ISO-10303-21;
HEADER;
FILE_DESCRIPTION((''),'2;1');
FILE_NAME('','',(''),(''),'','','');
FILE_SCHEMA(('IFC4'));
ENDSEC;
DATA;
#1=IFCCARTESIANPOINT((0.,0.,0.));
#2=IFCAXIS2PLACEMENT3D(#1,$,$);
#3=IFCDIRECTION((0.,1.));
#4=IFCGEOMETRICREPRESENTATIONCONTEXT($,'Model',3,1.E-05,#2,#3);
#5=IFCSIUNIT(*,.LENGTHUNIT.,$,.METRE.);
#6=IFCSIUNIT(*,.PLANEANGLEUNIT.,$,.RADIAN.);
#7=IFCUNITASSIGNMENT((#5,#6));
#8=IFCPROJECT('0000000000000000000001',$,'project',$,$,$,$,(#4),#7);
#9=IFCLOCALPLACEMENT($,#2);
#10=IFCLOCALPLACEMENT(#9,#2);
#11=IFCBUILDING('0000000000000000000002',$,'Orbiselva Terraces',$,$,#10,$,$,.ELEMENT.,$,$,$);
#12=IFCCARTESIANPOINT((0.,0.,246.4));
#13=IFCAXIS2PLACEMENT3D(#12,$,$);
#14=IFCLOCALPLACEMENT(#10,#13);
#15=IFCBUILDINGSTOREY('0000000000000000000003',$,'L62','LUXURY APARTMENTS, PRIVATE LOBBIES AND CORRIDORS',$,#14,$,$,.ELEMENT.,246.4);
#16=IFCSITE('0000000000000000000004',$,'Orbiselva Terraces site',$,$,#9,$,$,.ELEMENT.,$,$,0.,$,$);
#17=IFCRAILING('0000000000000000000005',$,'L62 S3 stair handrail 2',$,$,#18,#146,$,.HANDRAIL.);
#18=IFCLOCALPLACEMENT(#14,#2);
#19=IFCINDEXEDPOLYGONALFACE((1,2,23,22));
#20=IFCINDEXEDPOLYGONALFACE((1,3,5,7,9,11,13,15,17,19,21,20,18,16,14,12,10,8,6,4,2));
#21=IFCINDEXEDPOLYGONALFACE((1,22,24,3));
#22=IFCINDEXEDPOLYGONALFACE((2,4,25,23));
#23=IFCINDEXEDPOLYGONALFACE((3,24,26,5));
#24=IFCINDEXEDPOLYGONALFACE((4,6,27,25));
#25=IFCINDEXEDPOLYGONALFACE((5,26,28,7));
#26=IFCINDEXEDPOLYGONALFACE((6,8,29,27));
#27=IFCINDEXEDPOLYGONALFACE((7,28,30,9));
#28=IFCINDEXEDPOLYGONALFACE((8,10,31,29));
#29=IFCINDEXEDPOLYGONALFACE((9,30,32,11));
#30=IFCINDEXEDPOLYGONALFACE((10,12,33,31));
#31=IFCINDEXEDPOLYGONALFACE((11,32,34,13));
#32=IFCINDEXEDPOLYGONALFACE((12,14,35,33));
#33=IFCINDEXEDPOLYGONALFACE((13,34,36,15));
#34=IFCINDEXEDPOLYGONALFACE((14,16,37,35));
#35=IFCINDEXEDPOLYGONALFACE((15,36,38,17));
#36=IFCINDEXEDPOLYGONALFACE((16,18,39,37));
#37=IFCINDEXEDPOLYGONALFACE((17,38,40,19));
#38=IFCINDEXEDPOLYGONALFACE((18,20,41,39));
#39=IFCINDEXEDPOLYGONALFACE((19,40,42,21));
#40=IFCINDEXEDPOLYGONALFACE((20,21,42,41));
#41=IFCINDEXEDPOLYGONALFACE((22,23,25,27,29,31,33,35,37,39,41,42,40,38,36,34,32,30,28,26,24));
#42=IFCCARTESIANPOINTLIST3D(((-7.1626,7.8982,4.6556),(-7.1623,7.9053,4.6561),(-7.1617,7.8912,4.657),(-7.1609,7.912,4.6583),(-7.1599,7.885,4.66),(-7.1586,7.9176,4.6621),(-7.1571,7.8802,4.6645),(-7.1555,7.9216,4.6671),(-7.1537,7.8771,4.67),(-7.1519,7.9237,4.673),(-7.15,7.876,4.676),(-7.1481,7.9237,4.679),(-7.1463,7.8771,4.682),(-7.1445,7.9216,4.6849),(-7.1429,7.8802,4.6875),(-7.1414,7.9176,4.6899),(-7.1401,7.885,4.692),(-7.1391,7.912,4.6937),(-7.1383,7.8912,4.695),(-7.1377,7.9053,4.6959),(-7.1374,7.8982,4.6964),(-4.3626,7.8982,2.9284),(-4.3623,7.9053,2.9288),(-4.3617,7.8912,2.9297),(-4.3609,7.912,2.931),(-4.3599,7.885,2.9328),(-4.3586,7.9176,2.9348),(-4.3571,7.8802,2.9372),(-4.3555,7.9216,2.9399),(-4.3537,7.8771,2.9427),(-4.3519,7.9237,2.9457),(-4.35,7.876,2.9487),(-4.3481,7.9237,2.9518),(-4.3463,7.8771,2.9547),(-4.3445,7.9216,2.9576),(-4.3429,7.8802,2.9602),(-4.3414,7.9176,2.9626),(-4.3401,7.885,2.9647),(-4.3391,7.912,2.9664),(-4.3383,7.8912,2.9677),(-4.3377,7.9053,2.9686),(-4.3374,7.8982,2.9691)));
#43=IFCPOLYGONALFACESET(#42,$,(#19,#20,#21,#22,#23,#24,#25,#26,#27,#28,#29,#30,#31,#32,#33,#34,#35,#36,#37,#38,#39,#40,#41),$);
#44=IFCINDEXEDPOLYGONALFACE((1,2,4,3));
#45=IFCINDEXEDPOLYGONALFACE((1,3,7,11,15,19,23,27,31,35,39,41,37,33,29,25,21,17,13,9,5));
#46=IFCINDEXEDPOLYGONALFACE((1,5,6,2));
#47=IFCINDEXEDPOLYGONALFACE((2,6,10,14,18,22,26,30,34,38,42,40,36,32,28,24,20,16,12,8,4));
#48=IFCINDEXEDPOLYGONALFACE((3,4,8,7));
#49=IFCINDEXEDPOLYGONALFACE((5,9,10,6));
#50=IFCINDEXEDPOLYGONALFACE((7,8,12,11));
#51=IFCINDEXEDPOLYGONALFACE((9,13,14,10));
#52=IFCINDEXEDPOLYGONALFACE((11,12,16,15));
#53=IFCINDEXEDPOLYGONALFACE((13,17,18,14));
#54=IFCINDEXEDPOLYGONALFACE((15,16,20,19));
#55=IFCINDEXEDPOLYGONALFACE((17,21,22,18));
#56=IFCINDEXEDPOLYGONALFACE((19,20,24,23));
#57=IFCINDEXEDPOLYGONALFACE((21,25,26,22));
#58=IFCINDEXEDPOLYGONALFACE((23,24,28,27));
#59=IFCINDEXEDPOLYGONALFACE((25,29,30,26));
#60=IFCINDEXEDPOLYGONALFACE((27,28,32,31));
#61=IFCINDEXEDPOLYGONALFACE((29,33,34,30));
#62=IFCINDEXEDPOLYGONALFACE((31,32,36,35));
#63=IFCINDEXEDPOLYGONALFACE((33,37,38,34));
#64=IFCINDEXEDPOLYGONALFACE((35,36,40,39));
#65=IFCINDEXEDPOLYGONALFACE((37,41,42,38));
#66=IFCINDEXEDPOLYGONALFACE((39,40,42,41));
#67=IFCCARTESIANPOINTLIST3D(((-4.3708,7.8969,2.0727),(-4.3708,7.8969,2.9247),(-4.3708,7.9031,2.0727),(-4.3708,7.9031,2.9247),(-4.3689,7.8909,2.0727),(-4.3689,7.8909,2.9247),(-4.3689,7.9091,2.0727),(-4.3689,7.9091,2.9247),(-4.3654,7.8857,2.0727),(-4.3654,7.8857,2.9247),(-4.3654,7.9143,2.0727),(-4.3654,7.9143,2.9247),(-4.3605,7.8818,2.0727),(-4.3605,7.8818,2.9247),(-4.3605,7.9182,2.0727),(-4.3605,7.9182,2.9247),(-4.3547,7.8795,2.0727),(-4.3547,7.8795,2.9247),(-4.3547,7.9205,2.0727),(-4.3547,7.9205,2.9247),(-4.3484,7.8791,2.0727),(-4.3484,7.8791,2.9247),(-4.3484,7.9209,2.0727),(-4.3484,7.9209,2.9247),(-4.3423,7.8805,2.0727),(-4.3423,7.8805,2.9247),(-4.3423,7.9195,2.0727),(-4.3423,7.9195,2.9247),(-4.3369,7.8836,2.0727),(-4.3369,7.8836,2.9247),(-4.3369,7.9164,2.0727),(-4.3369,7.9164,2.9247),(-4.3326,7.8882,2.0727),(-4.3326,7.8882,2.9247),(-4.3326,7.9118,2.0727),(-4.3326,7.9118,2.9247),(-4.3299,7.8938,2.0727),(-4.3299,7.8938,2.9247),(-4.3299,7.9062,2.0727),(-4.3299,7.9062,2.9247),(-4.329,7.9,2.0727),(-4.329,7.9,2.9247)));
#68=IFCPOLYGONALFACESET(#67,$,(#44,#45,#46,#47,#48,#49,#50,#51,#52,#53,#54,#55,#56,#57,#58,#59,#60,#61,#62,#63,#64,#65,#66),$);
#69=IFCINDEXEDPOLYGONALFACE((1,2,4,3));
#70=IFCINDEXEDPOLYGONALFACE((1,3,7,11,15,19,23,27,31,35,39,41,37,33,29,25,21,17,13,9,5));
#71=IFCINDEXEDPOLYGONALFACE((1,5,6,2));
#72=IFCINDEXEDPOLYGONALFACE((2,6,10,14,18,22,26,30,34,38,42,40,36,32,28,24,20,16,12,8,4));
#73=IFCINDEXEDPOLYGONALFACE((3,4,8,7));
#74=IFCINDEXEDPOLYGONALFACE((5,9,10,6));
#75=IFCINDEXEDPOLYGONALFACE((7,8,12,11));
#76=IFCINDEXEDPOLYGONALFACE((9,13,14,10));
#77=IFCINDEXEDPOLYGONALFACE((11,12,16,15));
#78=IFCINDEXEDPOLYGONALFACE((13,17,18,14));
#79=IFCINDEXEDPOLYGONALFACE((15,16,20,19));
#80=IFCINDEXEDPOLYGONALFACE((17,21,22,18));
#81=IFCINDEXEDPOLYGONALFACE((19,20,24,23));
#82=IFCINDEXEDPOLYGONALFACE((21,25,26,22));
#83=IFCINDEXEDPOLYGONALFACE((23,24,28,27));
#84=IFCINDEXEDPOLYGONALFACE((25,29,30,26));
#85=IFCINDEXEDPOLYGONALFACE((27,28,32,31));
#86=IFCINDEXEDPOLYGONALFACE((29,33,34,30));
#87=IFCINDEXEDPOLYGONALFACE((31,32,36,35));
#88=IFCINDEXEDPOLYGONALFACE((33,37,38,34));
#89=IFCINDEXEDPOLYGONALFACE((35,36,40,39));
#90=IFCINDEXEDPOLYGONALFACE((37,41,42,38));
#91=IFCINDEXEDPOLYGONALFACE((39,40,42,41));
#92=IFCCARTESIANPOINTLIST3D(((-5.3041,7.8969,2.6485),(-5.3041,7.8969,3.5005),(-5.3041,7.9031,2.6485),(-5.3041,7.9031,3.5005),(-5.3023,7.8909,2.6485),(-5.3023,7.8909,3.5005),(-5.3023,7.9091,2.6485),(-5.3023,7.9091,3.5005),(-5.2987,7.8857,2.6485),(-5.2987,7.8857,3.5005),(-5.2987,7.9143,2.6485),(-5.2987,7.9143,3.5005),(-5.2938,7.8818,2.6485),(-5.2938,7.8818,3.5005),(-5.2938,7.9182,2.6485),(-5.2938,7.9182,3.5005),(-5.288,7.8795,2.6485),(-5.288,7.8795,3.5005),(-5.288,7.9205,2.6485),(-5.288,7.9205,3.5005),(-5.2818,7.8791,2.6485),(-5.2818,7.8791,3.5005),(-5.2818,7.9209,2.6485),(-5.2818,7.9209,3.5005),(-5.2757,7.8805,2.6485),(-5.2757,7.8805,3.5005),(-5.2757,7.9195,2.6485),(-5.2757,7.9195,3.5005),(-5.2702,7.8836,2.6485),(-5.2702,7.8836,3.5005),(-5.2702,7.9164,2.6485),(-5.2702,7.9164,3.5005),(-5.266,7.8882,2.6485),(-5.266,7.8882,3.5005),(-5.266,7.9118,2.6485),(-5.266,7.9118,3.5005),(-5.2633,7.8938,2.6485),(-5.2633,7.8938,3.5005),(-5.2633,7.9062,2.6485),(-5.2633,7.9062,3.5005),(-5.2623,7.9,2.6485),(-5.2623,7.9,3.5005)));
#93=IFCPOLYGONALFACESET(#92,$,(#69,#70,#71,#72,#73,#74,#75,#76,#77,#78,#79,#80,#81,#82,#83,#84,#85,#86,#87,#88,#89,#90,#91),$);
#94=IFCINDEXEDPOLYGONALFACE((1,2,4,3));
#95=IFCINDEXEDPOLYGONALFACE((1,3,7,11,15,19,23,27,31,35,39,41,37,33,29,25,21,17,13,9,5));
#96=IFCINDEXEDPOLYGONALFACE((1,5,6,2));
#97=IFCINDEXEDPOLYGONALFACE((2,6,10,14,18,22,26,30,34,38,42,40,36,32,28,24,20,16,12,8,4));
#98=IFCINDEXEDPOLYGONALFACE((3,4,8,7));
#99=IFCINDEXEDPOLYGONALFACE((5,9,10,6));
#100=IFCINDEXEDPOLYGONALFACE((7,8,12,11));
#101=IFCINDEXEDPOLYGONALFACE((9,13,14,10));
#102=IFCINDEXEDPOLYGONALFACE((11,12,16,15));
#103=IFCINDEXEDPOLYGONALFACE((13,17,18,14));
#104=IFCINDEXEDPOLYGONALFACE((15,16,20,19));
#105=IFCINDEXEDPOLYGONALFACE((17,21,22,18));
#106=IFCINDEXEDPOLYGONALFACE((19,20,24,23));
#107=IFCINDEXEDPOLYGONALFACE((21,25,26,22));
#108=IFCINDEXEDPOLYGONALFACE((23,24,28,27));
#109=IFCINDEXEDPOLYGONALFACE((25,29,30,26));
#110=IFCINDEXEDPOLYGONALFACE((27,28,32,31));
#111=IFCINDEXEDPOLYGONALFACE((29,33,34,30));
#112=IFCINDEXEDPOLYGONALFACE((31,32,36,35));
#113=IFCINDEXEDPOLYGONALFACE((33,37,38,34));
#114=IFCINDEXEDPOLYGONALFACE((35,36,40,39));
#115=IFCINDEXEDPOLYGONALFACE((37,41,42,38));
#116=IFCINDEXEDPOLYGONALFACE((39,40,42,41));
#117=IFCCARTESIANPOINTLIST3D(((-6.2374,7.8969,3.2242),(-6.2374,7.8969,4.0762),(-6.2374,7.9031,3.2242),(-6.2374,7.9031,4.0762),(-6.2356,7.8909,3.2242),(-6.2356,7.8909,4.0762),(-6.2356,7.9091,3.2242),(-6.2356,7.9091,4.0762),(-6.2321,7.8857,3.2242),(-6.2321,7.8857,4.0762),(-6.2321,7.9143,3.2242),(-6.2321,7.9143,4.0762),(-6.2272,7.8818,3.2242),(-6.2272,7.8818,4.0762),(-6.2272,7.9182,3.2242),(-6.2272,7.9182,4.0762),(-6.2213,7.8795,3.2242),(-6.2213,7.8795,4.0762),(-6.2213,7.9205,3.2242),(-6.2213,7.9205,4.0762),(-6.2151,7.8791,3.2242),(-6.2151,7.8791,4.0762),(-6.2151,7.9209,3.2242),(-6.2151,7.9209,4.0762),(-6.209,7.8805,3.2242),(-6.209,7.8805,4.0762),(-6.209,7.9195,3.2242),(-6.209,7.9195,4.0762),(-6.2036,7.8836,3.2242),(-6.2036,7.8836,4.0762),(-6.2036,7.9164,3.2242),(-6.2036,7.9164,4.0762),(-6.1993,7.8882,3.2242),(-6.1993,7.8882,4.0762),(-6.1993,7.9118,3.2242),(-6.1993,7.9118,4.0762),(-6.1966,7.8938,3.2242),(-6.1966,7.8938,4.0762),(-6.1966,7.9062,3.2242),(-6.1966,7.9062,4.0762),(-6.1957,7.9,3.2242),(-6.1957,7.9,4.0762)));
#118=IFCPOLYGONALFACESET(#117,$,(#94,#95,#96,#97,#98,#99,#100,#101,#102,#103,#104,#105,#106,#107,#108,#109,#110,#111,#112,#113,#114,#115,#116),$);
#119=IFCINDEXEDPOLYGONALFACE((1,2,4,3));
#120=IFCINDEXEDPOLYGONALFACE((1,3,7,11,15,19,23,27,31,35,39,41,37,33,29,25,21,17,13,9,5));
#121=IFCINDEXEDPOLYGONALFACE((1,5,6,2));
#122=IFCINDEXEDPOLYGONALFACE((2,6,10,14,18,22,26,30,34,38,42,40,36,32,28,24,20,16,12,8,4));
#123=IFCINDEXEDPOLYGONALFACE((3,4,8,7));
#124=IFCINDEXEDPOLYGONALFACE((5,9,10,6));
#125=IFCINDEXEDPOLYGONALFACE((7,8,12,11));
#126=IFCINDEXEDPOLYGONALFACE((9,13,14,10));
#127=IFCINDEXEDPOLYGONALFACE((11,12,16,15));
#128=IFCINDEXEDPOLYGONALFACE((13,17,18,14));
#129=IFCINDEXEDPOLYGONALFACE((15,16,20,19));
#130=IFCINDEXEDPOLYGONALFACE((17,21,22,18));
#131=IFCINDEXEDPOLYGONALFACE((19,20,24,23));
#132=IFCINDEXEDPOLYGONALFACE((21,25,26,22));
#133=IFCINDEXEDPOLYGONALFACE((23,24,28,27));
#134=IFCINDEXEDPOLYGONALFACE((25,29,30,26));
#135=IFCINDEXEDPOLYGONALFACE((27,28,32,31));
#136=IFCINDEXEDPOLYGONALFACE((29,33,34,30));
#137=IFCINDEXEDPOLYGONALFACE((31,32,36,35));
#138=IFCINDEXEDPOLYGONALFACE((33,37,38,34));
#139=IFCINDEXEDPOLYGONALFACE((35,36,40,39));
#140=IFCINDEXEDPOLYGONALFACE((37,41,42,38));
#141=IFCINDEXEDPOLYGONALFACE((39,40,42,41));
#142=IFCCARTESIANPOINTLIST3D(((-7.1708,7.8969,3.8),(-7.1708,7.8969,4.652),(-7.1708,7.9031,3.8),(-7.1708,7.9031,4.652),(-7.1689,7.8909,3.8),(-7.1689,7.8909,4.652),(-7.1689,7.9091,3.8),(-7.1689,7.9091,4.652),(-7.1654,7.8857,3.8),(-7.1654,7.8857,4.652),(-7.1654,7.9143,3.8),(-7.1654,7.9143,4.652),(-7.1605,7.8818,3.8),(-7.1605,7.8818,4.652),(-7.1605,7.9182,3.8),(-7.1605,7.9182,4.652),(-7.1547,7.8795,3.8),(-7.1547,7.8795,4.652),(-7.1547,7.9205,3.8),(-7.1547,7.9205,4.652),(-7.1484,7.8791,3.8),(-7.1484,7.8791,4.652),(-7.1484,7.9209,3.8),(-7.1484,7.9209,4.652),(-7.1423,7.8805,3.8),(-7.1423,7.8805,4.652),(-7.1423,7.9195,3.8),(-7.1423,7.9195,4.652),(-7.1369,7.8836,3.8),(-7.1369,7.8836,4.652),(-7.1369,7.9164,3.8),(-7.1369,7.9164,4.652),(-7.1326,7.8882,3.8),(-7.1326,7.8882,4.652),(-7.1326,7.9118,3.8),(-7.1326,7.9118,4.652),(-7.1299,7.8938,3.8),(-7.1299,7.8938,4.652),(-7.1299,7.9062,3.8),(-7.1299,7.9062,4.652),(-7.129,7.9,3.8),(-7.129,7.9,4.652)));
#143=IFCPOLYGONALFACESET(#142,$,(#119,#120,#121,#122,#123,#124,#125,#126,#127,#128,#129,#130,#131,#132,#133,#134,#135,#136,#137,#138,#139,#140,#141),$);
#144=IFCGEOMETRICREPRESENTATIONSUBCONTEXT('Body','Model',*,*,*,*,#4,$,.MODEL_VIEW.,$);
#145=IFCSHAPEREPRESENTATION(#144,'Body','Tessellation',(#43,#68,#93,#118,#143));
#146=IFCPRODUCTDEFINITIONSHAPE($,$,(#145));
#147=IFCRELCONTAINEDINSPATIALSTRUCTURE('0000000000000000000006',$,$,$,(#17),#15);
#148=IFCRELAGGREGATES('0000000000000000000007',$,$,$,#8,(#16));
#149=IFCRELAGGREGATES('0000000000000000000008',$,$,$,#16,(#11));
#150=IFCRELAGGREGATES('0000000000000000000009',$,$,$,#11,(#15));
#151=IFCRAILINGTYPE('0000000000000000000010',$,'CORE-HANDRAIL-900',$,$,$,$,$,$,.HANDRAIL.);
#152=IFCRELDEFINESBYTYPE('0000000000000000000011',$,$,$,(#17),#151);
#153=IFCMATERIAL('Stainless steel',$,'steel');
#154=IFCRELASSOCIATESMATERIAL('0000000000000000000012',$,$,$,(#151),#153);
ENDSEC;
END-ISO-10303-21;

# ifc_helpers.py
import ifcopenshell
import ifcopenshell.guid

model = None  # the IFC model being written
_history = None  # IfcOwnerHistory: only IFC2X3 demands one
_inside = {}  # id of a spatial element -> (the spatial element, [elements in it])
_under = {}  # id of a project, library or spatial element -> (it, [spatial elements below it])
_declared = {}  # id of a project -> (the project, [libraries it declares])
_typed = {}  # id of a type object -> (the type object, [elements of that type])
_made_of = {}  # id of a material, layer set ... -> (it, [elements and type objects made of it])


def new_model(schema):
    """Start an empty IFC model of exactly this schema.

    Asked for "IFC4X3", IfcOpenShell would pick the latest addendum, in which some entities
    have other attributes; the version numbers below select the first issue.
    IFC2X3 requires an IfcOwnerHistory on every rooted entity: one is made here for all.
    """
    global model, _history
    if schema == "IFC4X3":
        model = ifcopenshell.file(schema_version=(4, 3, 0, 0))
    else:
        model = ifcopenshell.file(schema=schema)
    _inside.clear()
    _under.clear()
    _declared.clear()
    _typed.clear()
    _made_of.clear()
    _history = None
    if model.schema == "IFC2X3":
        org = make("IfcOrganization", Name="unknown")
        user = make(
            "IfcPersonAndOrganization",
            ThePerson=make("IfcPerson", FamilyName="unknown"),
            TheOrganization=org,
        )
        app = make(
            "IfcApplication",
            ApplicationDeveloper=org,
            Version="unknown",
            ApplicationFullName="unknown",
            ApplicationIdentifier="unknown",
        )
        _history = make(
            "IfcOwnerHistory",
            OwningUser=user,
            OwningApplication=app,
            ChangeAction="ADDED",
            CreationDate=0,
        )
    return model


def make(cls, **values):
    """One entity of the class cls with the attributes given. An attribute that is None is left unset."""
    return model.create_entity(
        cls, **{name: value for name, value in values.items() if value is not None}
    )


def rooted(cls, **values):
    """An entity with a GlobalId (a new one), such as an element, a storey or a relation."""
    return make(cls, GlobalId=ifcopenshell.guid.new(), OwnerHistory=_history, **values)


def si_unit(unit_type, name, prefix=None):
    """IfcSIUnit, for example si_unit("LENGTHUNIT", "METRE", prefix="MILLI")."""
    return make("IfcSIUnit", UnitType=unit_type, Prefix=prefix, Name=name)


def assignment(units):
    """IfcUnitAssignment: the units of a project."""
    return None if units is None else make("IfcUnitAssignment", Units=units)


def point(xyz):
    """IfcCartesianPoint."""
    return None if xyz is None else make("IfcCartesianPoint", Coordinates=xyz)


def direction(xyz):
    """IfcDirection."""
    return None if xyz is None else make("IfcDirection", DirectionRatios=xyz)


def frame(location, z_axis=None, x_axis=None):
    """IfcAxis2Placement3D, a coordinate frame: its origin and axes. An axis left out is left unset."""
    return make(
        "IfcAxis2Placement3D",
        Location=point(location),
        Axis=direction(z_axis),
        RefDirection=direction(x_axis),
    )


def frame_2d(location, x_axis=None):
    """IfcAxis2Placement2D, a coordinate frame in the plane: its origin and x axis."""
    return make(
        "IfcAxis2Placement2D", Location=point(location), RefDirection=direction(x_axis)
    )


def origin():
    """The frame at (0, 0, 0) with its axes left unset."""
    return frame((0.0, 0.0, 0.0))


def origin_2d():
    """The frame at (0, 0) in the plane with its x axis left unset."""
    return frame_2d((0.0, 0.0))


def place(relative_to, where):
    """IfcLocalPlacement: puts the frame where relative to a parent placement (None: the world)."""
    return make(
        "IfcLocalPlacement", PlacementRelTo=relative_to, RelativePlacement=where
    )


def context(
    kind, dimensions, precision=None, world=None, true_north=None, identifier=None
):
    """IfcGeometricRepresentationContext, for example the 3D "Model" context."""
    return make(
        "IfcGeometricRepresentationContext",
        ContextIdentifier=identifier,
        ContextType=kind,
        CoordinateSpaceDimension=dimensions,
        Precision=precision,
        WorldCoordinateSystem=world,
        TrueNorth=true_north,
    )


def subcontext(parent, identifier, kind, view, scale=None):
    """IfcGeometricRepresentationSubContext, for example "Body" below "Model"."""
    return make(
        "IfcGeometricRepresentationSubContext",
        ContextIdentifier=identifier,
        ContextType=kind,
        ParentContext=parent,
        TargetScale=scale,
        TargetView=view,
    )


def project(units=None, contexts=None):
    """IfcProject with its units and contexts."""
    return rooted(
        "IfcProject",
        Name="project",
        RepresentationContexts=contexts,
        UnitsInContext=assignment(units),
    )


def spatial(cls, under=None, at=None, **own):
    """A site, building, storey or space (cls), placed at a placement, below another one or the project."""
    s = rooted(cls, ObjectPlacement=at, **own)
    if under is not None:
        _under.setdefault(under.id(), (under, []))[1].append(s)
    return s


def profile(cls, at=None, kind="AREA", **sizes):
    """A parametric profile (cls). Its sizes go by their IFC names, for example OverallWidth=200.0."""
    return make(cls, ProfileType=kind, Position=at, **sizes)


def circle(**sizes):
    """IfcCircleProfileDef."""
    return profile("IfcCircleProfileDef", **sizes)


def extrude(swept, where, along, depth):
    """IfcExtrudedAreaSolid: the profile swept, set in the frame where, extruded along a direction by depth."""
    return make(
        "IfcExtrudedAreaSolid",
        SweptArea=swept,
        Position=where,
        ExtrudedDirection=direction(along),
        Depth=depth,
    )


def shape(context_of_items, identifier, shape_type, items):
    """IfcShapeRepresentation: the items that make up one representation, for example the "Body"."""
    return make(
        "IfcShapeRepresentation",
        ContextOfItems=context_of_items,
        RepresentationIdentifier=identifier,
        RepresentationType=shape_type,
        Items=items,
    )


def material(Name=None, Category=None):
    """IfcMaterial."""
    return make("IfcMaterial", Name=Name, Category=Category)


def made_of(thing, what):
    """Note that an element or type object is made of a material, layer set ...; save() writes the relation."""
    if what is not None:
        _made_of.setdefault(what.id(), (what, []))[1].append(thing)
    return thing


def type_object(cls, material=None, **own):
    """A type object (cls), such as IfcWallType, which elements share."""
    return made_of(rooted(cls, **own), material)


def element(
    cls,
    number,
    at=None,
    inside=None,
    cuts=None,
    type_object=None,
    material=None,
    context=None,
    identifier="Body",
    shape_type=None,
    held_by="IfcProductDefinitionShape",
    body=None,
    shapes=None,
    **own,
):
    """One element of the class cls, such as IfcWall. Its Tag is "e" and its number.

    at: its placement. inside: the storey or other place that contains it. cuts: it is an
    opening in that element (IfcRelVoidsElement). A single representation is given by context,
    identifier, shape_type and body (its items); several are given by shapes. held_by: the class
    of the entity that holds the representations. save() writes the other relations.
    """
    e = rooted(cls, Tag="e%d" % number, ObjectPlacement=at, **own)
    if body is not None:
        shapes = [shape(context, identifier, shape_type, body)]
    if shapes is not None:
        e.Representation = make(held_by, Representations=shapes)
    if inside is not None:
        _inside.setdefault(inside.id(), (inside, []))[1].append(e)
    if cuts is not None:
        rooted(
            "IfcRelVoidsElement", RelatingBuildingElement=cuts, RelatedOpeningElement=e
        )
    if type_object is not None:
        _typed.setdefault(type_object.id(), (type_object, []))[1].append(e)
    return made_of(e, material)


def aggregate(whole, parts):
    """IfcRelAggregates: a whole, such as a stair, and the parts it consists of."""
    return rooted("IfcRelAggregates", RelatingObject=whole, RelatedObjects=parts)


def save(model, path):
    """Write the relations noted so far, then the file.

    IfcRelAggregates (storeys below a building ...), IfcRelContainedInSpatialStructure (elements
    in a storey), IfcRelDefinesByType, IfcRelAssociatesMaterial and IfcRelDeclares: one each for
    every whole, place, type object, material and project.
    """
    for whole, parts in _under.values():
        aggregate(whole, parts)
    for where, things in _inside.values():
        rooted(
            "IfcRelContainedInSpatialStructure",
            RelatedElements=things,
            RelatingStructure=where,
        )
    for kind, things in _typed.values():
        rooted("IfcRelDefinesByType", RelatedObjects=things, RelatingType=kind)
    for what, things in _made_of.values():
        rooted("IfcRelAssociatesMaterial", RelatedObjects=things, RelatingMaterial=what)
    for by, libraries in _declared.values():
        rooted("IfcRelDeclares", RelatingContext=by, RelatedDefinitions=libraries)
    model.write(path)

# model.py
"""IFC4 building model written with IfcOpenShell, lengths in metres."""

from ifc_helpers import new_model, si_unit, direction, frame, origin, origin_2d, place, context, subcontext, project, spatial, circle, extrude, material, type_object, element, save


model = new_model("IFC4")

# Units and contexts
model_context = context("Model", 3, precision=1e-05, world=origin(), true_north=direction((0.0, 1.0)))
body_context = subcontext(model_context, "Body", "Model", "MODEL_VIEW")
ifc_project = project(units=[si_unit("LENGTHUNIT", "METRE"), si_unit("PLANEANGLEUNIT", "RADIAN")], contexts=[model_context])

# Site, building, storey
site_placement = place(None, origin())
site = spatial("IfcSite", under=ifc_project, at=site_placement, Name="Orbiselva Terraces site", CompositionType="ELEMENT", RefElevation=0.0)
building_placement = place(site_placement, origin())
building = spatial("IfcBuilding", under=site, at=building_placement, Name="Orbiselva Terraces", CompositionType="ELEMENT")
storey_placement = place(building_placement, frame((0.0, 0.0, 246.4)))
storey = spatial("IfcBuildingStorey", under=building, at=storey_placement, Name="L62", Description="LUXURY APARTMENTS, PRIVATE LOBBIES AND CORRIDORS", CompositionType="ELEMENT", Elevation=246.4)

# Railing
ifc_material_1 = material(Name="Stainless steel", Category="steel")
railing_type_1 = type_object("IfcRailingType", Name="CORE-HANDRAIL-900", PredefinedType="HANDRAIL", material=ifc_material_1)
railing_1_placement = place(storey_placement, frame((-4.35, 7.9, 2.0727)))
element("IfcRailing", 1, at=railing_1_placement, inside=storey, type_object=railing_type_1, Name="L62 S3 stair handrail 2", PredefinedType="HANDRAIL", context=body_context, shape_type="SweptSolid", body=[
    extrude(circle(Radius=0.024, at=origin_2d()), frame((0.0, 0.0, 0.876), z_axis=(-0.851089, 0.0, 0.525022), x_axis=(0.0, -1.0, 0.0)), (0.0, 0.0, 1.0), 3.2899),
    extrude(circle(Radius=0.021, at=origin_2d()), origin(), (0.0, 0.0, 1.0), 0.852),
    extrude(circle(Radius=0.021, at=origin_2d()), frame((-0.9333, 0.0, 0.5758)), (0.0, 0.0, 1.0), 0.852),
    extrude(circle(Radius=0.021, at=origin_2d()), frame((-1.8667, 0.0, 1.1515)), (0.0, 0.0, 1.0), 0.852),
    extrude(circle(Radius=0.021, at=origin_2d()), frame((-2.8, 0.0, 1.7273)), (0.0, 0.0, 1.0), 0.852),
])

save(model, "model.ifc")
